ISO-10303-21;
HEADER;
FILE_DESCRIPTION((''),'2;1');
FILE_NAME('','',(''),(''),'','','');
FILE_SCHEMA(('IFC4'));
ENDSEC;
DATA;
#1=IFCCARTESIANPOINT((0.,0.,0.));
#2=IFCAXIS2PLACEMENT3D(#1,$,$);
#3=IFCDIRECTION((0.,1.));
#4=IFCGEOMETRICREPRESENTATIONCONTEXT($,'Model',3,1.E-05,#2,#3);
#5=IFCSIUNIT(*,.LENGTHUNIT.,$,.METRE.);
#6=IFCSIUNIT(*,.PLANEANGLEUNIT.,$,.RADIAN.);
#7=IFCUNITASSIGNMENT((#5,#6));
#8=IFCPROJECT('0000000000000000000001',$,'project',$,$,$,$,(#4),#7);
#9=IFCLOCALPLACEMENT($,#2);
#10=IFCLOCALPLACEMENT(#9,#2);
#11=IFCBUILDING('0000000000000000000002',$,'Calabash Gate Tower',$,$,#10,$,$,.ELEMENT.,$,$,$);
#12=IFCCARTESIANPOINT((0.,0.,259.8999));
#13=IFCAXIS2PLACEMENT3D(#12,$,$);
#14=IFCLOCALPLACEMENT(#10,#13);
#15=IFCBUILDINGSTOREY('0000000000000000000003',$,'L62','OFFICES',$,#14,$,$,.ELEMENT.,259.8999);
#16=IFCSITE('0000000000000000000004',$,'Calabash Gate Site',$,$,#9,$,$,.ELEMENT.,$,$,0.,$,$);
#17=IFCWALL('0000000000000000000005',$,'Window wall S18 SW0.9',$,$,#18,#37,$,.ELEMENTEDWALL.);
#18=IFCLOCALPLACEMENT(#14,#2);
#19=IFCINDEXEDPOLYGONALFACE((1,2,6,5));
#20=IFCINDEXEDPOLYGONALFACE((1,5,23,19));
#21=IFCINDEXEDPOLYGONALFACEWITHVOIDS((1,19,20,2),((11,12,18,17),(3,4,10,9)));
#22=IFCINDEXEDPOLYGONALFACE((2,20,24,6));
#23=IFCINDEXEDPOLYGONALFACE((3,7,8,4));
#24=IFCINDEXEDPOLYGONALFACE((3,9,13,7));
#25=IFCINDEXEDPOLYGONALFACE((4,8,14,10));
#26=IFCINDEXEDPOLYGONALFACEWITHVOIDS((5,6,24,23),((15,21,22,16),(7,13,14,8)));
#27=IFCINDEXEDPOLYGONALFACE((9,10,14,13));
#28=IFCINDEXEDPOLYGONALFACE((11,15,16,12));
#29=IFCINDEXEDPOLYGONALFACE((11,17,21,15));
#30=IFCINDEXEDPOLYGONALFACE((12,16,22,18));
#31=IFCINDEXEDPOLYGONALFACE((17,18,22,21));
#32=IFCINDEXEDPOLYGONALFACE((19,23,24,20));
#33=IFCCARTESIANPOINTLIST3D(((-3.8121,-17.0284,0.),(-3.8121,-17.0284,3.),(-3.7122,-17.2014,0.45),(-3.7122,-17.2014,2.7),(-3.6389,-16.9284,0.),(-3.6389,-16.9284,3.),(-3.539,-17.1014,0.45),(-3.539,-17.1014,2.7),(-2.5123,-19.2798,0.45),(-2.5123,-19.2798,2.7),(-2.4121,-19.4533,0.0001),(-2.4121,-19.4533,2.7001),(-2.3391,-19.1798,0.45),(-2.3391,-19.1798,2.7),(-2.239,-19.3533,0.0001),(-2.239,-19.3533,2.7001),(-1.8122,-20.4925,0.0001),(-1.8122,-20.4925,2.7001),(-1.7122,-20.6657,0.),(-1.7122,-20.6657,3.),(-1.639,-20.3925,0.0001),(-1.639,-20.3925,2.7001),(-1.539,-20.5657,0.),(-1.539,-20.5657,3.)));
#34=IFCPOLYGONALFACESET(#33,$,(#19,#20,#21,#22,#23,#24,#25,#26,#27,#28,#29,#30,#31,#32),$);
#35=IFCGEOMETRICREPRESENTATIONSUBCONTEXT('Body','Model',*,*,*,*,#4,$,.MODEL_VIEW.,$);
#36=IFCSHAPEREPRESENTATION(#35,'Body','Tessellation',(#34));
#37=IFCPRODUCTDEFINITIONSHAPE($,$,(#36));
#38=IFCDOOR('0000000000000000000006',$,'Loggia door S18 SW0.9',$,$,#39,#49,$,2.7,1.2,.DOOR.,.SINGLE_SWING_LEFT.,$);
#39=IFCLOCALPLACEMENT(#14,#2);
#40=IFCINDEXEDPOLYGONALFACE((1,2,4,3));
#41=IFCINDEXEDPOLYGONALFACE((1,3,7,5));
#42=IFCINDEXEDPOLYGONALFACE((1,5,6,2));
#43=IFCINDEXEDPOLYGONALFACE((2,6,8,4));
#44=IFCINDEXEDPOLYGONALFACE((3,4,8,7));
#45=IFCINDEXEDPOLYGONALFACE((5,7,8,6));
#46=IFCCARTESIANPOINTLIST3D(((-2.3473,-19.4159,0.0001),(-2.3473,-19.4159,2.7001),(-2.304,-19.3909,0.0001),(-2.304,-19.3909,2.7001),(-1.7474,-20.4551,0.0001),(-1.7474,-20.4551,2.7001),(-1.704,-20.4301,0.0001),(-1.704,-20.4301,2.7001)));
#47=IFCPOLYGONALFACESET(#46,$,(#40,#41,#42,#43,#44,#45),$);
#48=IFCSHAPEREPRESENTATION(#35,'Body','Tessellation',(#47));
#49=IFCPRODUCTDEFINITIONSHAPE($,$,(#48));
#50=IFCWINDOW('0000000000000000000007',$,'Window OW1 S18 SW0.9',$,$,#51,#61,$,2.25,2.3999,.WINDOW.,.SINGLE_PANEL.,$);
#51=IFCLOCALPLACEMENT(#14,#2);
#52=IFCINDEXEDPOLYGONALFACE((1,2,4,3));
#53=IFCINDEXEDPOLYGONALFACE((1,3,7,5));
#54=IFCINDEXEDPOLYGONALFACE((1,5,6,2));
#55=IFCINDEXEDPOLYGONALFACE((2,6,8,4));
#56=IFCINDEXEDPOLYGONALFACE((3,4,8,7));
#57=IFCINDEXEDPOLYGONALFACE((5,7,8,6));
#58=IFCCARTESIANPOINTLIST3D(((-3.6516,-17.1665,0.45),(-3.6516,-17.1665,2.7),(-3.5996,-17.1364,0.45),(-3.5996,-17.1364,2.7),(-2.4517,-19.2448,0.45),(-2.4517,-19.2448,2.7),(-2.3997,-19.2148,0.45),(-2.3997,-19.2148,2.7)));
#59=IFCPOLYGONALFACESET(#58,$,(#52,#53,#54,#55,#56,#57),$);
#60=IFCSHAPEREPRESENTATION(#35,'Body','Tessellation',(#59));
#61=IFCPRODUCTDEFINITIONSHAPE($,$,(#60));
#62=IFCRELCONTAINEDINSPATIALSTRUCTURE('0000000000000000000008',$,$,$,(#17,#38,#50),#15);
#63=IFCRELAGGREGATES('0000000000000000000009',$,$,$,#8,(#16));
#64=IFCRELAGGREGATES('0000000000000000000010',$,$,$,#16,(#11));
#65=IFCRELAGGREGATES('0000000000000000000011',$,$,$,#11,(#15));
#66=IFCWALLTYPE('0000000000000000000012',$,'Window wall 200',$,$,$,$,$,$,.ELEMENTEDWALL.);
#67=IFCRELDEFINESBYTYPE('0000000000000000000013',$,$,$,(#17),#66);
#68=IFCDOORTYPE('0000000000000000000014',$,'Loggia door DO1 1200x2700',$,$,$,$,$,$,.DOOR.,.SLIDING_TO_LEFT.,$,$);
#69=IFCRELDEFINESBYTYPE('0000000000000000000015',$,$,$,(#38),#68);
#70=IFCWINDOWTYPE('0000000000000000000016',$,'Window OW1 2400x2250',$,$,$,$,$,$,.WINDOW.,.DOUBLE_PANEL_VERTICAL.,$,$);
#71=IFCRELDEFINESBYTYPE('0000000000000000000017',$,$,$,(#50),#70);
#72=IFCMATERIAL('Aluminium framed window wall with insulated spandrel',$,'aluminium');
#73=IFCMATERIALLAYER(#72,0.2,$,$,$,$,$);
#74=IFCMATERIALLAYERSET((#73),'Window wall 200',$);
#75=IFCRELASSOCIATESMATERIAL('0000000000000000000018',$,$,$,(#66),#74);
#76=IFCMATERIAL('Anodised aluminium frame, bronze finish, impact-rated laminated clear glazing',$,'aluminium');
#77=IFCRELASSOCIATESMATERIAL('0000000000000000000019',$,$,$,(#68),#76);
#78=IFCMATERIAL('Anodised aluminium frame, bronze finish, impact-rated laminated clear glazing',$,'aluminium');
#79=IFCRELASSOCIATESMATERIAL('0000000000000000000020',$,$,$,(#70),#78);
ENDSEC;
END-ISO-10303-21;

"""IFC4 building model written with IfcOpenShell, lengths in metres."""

from ifc_helpers import new_model, si_unit, direction, frame, frame_2d, origin, place, context, subcontext, project, spatial, rectangle, extrude, material, layer, layer_set, type_object, element, fill, save


model = new_model("IFC4")

# Units and contexts
model_context = context("Model", 3, precision=1e-05, world=origin(), true_north=direction((0.0, 1.0)))
body_context = subcontext(model_context, "Body", "Model", "MODEL_VIEW")
ifc_project = project(units=[si_unit("LENGTHUNIT", "METRE"), si_unit("PLANEANGLEUNIT", "RADIAN")], contexts=[model_context])

# Site, building, storey
site_placement = place(None, origin())
site = spatial("IfcSite", under=ifc_project, at=site_placement, Name="Calabash Gate Site", CompositionType="ELEMENT", RefElevation=0.0)
building_placement = place(site_placement, origin())
building = spatial("IfcBuilding", under=site, at=building_placement, Name="Calabash Gate Tower", CompositionType="ELEMENT")
storey_placement = place(building_placement, frame((0.0, 0.0, 259.8999)))
storey = spatial("IfcBuildingStorey", under=building, at=storey_placement, Name="L62", Description="OFFICES", CompositionType="ELEMENT", Elevation=259.8999)

# Shared definitions
ifc_material_1 = material(Name="Aluminium framed window wall with insulated spandrel", Category="aluminium")
ifc_layer_1 = layer(ifc_material_1, 0.2)
ifc_layer_set_1 = layer_set([ifc_layer_1], Name="Window wall 200")
wall_type_1 = type_object("IfcWallType", Name="Window wall 200", PredefinedType="ELEMENTEDWALL", material=ifc_layer_set_1)

# Wall, openings, door, window
wall_1_placement = place(storey_placement, frame((-3.7256, -16.9783, 0.0), z_axis=(0.0, 0.0, 1.0), x_axis=(0.499984, -0.866035, 0.0)))
wall_1 = element("IfcWall", 1, at=wall_1_placement, inside=storey, type_object=wall_type_1, Name="Window wall S18 SW0.9", PredefinedType="ELEMENTEDWALL", context=body_context, shape_type="SweptSolid", body=[
    extrude(rectangle(XDim=4.2, YDim=0.2, at=frame_2d((2.1001, 0.0))), origin(), (0.0, 0.0, 1.0), 3.0),
])
opening_1_placement = place(wall_1_placement, frame((0.2, 0.0, 0.45)))
opening_1 = element("IfcOpeningElement", 2, at=opening_1_placement, cuts=wall_1, PredefinedType="OPENING", context=body_context, shape_type="SweptSolid", body=[
    extrude(rectangle(XDim=2.3999, YDim=2.25, at=frame_2d((1.2, 1.125))), frame((0.0, 0.1099, 0.0), z_axis=(0.0, -1.0, 0.0), x_axis=(1.0, 0.0, 0.0)), (0.0, 0.0, 1.0), 0.22),
])
opening_2_placement = place(wall_1_placement, frame((2.8, 0.0, 0.0)))
opening_2 = element("IfcOpeningElement", 3, at=opening_2_placement, cuts=wall_1, PredefinedType="OPENING", context=body_context, shape_type="SweptSolid", body=[
    extrude(rectangle(XDim=1.2, YDim=2.7, at=frame_2d((0.6001, 1.3501))), frame((0.0, 0.1099, 0.0), z_axis=(0.0, -1.0, 0.0), x_axis=(1.0, 0.0, 0.0)), (0.0, 0.0, 1.0), 0.22),
])
ifc_material_2 = material(Name="Anodised aluminium frame, bronze finish, impact-rated laminated clear glazing", Category="aluminium")
door_type = type_object("IfcDoorType", Name="Loggia door DO1 1200x2700", OperationType="SLIDING_TO_LEFT", PredefinedType="DOOR", material=ifc_material_2)
door_placement = place(opening_2_placement, origin())
door = element("IfcDoor", 4, at=door_placement, inside=storey, type_object=door_type, Name="Loggia door S18 SW0.9", OperationType="SINGLE_SWING_LEFT", OverallHeight=2.7, OverallWidth=1.2, PredefinedType="DOOR", context=body_context, shape_type="SweptSolid", body=[
    extrude(rectangle(XDim=1.2, YDim=2.7, at=frame_2d((0.6001, 1.3501))), frame((0.0, 0.0249, 0.0), z_axis=(0.0, -1.0, 0.0), x_axis=(1.0, 0.0, 0.0)), (0.0, 0.0, 1.0), 0.05),
])
fill(opening_2, door)
ifc_material_3 = material(Name="Anodised aluminium frame, bronze finish, impact-rated laminated clear glazing", Category="aluminium")
window_type = type_object("IfcWindowType", Name="Window OW1 2400x2250", PartitioningType="DOUBLE_PANEL_VERTICAL", PredefinedType="WINDOW", material=ifc_material_3)
window_placement = place(opening_1_placement, origin())
window = element("IfcWindow", 5, at=window_placement, inside=storey, type_object=window_type, Name="Window OW1 S18 SW0.9", OverallHeight=2.25, OverallWidth=2.3999, PartitioningType="SINGLE_PANEL", PredefinedType="WINDOW", context=body_context, shape_type="SweptSolid", body=[
    extrude(rectangle(XDim=2.3999, YDim=2.25, at=frame_2d((1.2, 1.125))), frame((0.0, 0.03, 0.0), z_axis=(0.0, -1.0, 0.0), x_axis=(1.0, 0.0, 0.0)), (0.0, 0.0, 1.0), 0.0601),
])
fill(opening_1, window)

save(model, "model.ifc")
